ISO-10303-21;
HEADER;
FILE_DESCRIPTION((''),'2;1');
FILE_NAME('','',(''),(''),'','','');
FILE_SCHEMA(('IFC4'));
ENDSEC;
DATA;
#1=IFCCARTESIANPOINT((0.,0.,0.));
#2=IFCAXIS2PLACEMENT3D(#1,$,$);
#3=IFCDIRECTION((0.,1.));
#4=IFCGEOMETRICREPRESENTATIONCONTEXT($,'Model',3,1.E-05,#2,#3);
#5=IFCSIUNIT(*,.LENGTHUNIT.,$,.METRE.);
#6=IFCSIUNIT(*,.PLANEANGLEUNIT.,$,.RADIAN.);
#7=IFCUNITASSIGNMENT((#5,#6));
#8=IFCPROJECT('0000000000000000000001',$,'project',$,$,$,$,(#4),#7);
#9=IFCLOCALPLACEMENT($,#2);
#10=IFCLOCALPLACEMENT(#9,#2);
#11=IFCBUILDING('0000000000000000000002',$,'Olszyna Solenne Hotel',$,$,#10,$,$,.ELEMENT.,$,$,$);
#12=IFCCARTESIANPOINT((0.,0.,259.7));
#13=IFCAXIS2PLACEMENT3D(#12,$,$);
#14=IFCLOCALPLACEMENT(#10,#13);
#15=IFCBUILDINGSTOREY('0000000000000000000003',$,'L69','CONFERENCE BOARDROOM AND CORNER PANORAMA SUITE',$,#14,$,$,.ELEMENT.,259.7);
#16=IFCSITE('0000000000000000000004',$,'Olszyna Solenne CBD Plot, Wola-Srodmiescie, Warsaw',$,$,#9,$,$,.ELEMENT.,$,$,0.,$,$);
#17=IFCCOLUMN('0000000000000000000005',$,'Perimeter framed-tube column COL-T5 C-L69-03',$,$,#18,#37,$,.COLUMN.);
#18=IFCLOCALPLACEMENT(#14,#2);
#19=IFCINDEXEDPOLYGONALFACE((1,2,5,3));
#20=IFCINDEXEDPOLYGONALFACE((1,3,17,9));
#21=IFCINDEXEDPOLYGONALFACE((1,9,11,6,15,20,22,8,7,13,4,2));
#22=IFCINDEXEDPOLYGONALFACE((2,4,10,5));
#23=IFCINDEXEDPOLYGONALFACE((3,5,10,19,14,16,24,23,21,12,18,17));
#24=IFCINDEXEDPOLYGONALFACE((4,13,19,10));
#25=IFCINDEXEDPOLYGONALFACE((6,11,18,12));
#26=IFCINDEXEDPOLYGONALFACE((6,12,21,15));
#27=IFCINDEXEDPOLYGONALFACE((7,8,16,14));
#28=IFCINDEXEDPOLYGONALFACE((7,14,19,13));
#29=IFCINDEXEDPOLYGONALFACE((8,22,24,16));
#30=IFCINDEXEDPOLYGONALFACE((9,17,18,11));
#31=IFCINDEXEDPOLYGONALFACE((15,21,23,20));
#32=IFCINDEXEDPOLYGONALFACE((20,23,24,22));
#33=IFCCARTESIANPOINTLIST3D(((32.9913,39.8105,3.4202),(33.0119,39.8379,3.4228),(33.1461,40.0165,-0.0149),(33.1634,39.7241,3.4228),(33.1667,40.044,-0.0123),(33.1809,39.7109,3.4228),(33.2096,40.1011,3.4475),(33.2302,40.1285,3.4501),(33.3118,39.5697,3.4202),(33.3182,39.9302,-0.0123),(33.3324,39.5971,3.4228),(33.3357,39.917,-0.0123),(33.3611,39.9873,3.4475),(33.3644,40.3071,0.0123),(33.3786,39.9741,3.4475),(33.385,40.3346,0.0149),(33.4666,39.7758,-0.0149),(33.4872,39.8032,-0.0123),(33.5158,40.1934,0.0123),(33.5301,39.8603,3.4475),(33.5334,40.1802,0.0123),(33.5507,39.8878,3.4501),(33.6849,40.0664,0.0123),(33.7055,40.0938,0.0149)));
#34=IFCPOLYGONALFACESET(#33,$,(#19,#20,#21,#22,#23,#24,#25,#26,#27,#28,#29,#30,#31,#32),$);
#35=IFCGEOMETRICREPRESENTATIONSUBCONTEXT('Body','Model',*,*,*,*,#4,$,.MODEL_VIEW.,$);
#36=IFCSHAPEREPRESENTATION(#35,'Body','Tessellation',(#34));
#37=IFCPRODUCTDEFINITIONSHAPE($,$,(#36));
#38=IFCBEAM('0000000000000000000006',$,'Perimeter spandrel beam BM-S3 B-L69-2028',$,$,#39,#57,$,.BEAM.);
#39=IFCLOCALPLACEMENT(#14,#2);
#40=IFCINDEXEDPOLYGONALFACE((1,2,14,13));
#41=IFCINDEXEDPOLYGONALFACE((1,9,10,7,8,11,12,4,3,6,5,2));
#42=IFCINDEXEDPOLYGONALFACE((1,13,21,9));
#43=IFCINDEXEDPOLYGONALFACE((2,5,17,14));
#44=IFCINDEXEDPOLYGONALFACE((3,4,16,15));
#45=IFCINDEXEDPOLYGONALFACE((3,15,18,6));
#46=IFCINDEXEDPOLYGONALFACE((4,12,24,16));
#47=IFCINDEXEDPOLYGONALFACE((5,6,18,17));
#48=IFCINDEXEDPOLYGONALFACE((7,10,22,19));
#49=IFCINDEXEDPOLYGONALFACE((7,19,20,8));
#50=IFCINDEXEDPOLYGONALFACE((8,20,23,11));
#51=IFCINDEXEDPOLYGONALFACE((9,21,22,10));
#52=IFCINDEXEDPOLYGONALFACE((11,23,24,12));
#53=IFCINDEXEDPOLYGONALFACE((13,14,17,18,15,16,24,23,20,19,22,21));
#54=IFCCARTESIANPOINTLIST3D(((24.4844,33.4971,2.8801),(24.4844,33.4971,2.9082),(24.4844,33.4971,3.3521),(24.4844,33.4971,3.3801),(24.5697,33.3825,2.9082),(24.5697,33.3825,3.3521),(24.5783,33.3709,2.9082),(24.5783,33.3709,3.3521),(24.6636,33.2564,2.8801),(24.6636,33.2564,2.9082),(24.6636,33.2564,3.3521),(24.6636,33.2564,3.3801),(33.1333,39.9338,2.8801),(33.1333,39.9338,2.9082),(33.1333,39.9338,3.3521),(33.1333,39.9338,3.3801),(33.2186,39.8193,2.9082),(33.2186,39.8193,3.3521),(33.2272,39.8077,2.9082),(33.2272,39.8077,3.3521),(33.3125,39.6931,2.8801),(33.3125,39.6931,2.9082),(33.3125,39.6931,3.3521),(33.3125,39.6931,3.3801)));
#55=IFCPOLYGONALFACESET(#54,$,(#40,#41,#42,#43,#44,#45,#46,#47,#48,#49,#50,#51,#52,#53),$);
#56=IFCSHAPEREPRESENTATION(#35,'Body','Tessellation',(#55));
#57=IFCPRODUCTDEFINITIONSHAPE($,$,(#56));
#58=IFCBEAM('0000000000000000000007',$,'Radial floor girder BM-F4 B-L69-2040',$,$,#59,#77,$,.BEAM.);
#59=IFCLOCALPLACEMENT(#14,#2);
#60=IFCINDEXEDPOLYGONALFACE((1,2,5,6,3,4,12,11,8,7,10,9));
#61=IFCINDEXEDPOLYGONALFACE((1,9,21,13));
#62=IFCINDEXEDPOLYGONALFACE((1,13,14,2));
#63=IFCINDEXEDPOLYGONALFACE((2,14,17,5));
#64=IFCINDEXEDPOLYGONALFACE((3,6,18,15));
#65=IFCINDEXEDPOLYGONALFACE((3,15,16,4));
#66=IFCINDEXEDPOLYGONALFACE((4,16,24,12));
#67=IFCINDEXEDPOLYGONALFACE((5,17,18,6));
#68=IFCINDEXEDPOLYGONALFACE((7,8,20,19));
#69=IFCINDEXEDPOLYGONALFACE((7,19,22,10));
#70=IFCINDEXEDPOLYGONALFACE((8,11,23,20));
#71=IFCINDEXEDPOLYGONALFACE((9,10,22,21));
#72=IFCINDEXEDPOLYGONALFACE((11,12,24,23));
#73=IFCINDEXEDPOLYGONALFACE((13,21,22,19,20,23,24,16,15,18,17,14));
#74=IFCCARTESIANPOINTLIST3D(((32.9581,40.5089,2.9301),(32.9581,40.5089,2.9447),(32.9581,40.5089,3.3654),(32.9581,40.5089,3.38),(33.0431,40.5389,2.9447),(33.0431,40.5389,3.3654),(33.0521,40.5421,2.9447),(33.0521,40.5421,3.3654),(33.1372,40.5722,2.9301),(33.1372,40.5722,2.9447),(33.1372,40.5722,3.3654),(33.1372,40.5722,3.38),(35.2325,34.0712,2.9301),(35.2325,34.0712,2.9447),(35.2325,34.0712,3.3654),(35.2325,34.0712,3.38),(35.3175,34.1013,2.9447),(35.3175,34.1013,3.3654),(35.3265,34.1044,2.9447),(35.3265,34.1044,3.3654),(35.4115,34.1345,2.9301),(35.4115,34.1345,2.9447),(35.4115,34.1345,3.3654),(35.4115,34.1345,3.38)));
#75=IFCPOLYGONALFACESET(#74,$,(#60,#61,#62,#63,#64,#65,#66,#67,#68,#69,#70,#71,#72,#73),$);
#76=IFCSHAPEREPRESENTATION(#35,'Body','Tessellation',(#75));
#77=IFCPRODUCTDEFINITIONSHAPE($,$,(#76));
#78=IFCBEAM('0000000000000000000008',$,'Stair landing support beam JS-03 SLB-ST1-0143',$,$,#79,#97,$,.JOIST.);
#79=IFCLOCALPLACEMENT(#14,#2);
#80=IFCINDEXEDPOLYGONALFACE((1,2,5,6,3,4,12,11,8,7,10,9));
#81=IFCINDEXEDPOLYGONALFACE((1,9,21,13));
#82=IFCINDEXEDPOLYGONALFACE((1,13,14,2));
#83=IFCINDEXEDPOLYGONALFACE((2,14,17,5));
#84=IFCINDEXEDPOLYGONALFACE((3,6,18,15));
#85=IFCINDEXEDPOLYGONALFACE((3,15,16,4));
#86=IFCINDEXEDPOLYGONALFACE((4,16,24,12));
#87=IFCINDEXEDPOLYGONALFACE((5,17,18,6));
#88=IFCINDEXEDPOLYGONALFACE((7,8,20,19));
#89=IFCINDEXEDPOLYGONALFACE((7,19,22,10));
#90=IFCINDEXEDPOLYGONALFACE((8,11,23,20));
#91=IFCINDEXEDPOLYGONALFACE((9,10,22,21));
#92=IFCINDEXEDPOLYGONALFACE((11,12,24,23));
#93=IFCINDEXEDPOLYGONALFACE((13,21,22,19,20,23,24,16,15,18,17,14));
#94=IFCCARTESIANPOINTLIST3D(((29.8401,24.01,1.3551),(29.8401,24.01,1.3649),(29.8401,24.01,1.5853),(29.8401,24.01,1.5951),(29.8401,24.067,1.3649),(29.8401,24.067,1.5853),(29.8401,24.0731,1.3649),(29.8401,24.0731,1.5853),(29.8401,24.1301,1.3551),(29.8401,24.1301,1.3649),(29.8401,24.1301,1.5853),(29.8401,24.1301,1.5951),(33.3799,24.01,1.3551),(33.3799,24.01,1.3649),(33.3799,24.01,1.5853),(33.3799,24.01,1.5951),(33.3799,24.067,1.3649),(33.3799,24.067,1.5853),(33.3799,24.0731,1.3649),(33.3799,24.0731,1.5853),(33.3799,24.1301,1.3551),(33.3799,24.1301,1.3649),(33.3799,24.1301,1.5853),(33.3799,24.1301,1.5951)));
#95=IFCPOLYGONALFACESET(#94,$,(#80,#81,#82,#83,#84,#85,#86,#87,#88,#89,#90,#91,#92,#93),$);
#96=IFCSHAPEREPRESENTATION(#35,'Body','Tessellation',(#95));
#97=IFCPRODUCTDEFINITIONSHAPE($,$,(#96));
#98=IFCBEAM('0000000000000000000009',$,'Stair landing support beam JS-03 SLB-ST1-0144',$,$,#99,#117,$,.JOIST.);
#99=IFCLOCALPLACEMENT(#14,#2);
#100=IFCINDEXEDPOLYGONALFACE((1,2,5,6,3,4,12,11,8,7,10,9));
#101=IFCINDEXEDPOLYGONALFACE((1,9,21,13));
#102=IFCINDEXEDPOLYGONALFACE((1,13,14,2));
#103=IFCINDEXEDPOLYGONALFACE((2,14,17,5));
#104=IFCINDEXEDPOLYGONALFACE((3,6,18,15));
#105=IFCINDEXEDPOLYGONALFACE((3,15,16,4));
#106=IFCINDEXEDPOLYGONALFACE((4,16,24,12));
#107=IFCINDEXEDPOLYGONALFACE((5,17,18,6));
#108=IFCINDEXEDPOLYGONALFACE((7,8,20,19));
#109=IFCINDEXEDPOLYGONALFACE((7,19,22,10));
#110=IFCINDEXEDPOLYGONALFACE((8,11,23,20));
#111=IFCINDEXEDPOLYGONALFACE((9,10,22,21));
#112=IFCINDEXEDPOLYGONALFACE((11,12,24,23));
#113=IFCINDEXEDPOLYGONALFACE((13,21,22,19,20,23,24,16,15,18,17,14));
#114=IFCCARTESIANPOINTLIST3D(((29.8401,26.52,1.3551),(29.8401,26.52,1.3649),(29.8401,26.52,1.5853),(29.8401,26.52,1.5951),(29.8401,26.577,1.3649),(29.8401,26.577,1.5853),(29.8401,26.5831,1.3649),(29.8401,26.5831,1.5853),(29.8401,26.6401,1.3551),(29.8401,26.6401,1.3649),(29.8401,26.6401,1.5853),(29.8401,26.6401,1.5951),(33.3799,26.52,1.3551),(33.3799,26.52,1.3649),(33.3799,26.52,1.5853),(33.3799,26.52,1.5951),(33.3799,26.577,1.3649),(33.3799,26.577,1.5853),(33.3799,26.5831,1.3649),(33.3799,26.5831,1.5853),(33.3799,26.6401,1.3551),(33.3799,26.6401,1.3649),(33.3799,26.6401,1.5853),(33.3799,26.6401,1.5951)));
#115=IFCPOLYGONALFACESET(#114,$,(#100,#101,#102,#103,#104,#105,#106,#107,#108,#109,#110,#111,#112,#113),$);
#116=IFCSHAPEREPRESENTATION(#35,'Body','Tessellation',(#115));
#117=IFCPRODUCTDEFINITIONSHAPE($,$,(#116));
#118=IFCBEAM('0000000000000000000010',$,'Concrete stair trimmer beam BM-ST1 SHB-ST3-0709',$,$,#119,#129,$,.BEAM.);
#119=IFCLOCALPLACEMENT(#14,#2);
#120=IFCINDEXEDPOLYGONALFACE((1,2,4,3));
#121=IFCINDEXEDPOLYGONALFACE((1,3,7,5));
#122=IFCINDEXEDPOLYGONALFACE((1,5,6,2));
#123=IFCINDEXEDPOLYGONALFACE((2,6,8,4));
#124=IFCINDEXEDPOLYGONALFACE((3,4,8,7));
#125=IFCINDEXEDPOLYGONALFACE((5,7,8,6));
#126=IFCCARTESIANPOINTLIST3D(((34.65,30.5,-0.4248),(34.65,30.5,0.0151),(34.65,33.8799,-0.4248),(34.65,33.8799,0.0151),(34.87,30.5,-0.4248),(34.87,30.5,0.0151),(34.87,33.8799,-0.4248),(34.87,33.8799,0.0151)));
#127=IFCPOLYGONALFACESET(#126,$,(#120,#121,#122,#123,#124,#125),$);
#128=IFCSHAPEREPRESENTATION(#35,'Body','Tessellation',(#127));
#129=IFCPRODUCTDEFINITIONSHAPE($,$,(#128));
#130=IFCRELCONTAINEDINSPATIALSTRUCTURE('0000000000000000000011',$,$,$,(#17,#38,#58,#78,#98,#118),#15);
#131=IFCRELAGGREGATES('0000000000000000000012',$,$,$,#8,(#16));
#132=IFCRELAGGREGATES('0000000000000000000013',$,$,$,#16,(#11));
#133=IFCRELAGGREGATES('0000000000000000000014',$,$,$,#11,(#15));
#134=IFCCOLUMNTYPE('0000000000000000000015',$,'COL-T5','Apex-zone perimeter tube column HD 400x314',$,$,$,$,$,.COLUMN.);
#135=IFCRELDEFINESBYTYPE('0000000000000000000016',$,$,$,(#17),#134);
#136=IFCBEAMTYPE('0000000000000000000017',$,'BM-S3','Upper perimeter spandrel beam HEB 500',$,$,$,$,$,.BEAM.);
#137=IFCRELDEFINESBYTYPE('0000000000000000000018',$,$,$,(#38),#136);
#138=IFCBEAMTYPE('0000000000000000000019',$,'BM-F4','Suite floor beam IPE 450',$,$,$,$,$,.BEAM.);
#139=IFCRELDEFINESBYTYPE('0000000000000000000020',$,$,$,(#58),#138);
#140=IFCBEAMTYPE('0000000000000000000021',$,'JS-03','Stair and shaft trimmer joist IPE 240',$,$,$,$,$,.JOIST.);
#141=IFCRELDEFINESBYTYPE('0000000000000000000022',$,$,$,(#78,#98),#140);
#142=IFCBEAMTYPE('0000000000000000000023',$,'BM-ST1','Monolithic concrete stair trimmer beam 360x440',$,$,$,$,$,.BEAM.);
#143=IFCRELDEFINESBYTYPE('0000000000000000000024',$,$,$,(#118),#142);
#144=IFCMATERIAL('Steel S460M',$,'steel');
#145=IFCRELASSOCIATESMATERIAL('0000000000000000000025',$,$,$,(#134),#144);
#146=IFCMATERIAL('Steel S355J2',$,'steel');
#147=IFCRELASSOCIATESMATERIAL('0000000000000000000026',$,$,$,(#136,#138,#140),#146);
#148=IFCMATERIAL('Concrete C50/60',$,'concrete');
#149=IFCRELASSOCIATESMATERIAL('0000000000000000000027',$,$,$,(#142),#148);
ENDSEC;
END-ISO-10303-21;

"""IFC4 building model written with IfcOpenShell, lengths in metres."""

from ifc_helpers import new_model, si_unit, direction, frame, origin, origin_2d, place, context, subcontext, project, spatial, rectangle, i_section, extrude, source, transform, mapped, material, material_profile, profile_set, type_object, element, save


model = new_model("IFC4")

# Units and contexts
model_context = context("Model", 3, precision=1e-05, world=origin(), true_north=direction((0.0, 1.0)))
body_context = subcontext(model_context, "Body", "Model", "MODEL_VIEW")
ifc_project = project(units=[si_unit("LENGTHUNIT", "METRE"), si_unit("PLANEANGLEUNIT", "RADIAN")], contexts=[model_context])

# Site, building, storey
site_placement = place(None, origin())
site = spatial("IfcSite", under=ifc_project, at=site_placement, Name="Olszyna Solenne CBD Plot, Wola-Srodmiescie, Warsaw", CompositionType="ELEMENT", RefElevation=0.0)
building_placement = place(site_placement, origin())
building = spatial("IfcBuilding", under=site, at=building_placement, Name="Olszyna Solenne Hotel", CompositionType="ELEMENT")
storey_placement = place(building_placement, frame((0.0, 0.0, 259.7)))
storey = spatial("IfcBuildingStorey", under=building, at=storey_placement, Name="L69", Description="CONFERENCE BOARDROOM AND CORNER PANORAMA SUITE", CompositionType="ELEMENT", Elevation=259.7)

# Column
ifc_material_1 = material(Name="Steel S460M", Category="steel")
ifc_material_profile_1 = material_profile(ifc_material_1, i_section(OverallWidth=0.4009, OverallDepth=0.3989, WebThickness=0.022, FlangeThickness=0.0344, at=origin_2d()), Name="HD 400x314", Category="load-bearing")
ifc_profile_set_1 = profile_set([ifc_material_profile_1], Name="Steel S460M")
column_type = type_object("IfcColumnType", Name="COL-T5", Description="Apex-zone perimeter tube column HD 400x314", PredefinedType="COLUMN", material=ifc_profile_set_1)
shared_shape_1 = source(origin(), body_context, "Body", "SweptSolid", [
    extrude(i_section(OverallWidth=0.4009, OverallDepth=0.3989, WebThickness=0.022, FlangeThickness=0.0344, at=origin_2d()), origin(), (0.0, 0.0, 1.0), 3.4448),
])
column_placement = place(storey_placement, frame((33.4258, 40.0552, 0.0), z_axis=(-0.044934, -0.059818, 0.997197), x_axis=(0.799545, -0.600606, 0.0)))
element("IfcColumn", 1, at=column_placement, inside=storey, type_object=column_type, Name="Perimeter framed-tube column COL-T5 C-L69-03", PredefinedType="COLUMN", context=body_context, shape_type="MappedRepresentation", body=[
    mapped(shared_shape_1, transform((0.0, 0.0, 0.0), x_axis=(1.0, 0.0, 0.0), y_axis=(0.0, 1.0, 0.0), z_axis=(0.0, 0.0, 1.0), scale=1.0)),
])

# Beams
ifc_material_2 = material(Name="Steel S355J2", Category="steel")
ifc_material_profile_2 = material_profile(ifc_material_2, i_section(OverallWidth=0.3, OverallDepth=0.5, WebThickness=0.0144, FlangeThickness=0.0281, at=origin_2d()), Name="HEB 500", Category="load-bearing")
ifc_profile_set_2 = profile_set([ifc_material_profile_2], Name="Steel S355J2")
beam_type_1 = type_object("IfcBeamType", Name="BM-S3", Description="Upper perimeter spandrel beam HEB 500", PredefinedType="BEAM", material=ifc_profile_set_2)
shared_shape_2 = source(origin(), body_context, "Body", "SweptSolid", [
    extrude(i_section(OverallWidth=0.3, OverallDepth=0.5, WebThickness=0.0144, FlangeThickness=0.0281, at=origin_2d()), origin(), (0.0, 0.0, 1.0), 10.7812),
])
beam_1_placement = place(storey_placement, frame((33.2229, 39.8135, 3.1301), z_axis=(-0.802217, -0.597032, 0.0), x_axis=(0.597032, -0.802217, 0.0)))
element("IfcBeam", 2, at=beam_1_placement, inside=storey, type_object=beam_type_1, Name="Perimeter spandrel beam BM-S3 B-L69-2028", PredefinedType="BEAM", context=body_context, shape_type="MappedRepresentation", body=[
    mapped(shared_shape_2, transform((0.0, 0.0, 0.0), x_axis=(1.0, 0.0, 0.0), y_axis=(0.0, 1.0, 0.0), z_axis=(0.0, 0.0, 1.0), scale=1.0)),
])
ifc_material_profile_3 = material_profile(ifc_material_2, i_section(OverallWidth=0.1899, OverallDepth=0.45, WebThickness=0.0095, FlangeThickness=0.0146, at=origin_2d()), Name="IPE 450", Category="load-bearing")
ifc_profile_set_3 = profile_set([ifc_material_profile_3], Name="Steel S355J2")
beam_type_2 = type_object("IfcBeamType", Name="BM-F4", Description="Suite floor beam IPE 450", PredefinedType="BEAM", material=ifc_profile_set_3)
shared_shape_3 = source(origin(), body_context, "Body", "SweptSolid", [
    extrude(i_section(OverallWidth=0.1899, OverallDepth=0.45, WebThickness=0.0095, FlangeThickness=0.0146, at=origin_2d()), origin(), (0.0, 0.0, 1.0), 6.8276),
])
beam_2_placement = place(storey_placement, frame((33.0476, 40.5405, 3.155), z_axis=(0.333116, -0.942886, 0.0), x_axis=(0.942886, 0.333116, 0.0)))
element("IfcBeam", 3, at=beam_2_placement, inside=storey, type_object=beam_type_2, Name="Radial floor girder BM-F4 B-L69-2040", PredefinedType="BEAM", context=body_context, shape_type="MappedRepresentation", body=[
    mapped(shared_shape_3, transform((0.0, 0.0, 0.0), x_axis=(1.0, 0.0, 0.0), y_axis=(0.0, 1.0, 0.0), z_axis=(0.0, 0.0, 1.0), scale=1.0)),
])
ifc_material_profile_4 = material_profile(ifc_material_2, i_section(OverallWidth=0.1201, OverallDepth=0.24, WebThickness=0.0061, FlangeThickness=0.0098, at=origin_2d()), Name="IPE 240", Category="load-bearing")
ifc_profile_set_4 = profile_set([ifc_material_profile_4], Name="Steel S355J2")
beam_type_3 = type_object("IfcBeamType", Name="JS-03", Description="Stair and shaft trimmer joist IPE 240", PredefinedType="JOIST", material=ifc_profile_set_4)
shared_shape_4 = source(origin(), body_context, "Body", "SweptSolid", [
    extrude(i_section(OverallWidth=0.1201, OverallDepth=0.24, WebThickness=0.0061, FlangeThickness=0.0098, at=origin_2d()), origin(), (0.0, 0.0, 1.0), 3.5398),
])
for number, where, z_axis, x_axis, name in (
    (4, (33.3799, 24.0701, 1.4751), (-1.0, 0.0, 0.0), (0.0, -1.0, 0.0), "Stair landing support beam JS-03 SLB-ST1-0143"),
    (5, (33.3799, 26.5801, 1.4751), (-1.0, 0.0, 0.0), (0.0, -1.0, 0.0), "Stair landing support beam JS-03 SLB-ST1-0144"),
):
    element("IfcBeam", number, at=place(storey_placement, frame(where, z_axis=z_axis, x_axis=x_axis)), inside=storey, type_object=beam_type_3, Name=name, PredefinedType="JOIST", context=body_context, shape_type="MappedRepresentation", body=[
        mapped(shared_shape_4, transform((0.0, 0.0, 0.0), x_axis=(1.0, 0.0, 0.0), y_axis=(0.0, 1.0, 0.0), z_axis=(0.0, 0.0, 1.0), scale=1.0)),
    ])
ifc_material_3 = material(Name="Concrete C50/60", Category="concrete")
ifc_material_profile_5 = material_profile(ifc_material_3, rectangle(XDim=0.22, YDim=0.4399, at=origin_2d()), Name="RC 220x440", Category="load-bearing")
ifc_profile_set_5 = profile_set([ifc_material_profile_5], Name="Concrete C50/60")
beam_type_4 = type_object("IfcBeamType", Name="BM-ST1", Description="Monolithic concrete stair trimmer beam 360x440", PredefinedType="BEAM", material=ifc_profile_set_5)
shared_shape_5 = source(origin(), body_context, "Body", "SweptSolid", [
    extrude(rectangle(XDim=0.22, YDim=0.4399, at=origin_2d()), origin(), (0.0, 0.0, 1.0), 3.3799),
])
beam_3_placement = place(storey_placement, frame((34.76, 30.5, -0.2048), z_axis=(0.0, 1.0, 0.0), x_axis=(-1.0, 0.0, 0.0)))
element("IfcBeam", 6, at=beam_3_placement, inside=storey, type_object=beam_type_4, Name="Concrete stair trimmer beam BM-ST1 SHB-ST3-0709", PredefinedType="BEAM", context=body_context, shape_type="MappedRepresentation", body=[
    mapped(shared_shape_5, transform((0.0, 0.0, 0.0), x_axis=(1.0, 0.0, 0.0), y_axis=(0.0, 1.0, 0.0), z_axis=(0.0, 0.0, 1.0), scale=1.0)),
])

save(model, "model.ifc")
